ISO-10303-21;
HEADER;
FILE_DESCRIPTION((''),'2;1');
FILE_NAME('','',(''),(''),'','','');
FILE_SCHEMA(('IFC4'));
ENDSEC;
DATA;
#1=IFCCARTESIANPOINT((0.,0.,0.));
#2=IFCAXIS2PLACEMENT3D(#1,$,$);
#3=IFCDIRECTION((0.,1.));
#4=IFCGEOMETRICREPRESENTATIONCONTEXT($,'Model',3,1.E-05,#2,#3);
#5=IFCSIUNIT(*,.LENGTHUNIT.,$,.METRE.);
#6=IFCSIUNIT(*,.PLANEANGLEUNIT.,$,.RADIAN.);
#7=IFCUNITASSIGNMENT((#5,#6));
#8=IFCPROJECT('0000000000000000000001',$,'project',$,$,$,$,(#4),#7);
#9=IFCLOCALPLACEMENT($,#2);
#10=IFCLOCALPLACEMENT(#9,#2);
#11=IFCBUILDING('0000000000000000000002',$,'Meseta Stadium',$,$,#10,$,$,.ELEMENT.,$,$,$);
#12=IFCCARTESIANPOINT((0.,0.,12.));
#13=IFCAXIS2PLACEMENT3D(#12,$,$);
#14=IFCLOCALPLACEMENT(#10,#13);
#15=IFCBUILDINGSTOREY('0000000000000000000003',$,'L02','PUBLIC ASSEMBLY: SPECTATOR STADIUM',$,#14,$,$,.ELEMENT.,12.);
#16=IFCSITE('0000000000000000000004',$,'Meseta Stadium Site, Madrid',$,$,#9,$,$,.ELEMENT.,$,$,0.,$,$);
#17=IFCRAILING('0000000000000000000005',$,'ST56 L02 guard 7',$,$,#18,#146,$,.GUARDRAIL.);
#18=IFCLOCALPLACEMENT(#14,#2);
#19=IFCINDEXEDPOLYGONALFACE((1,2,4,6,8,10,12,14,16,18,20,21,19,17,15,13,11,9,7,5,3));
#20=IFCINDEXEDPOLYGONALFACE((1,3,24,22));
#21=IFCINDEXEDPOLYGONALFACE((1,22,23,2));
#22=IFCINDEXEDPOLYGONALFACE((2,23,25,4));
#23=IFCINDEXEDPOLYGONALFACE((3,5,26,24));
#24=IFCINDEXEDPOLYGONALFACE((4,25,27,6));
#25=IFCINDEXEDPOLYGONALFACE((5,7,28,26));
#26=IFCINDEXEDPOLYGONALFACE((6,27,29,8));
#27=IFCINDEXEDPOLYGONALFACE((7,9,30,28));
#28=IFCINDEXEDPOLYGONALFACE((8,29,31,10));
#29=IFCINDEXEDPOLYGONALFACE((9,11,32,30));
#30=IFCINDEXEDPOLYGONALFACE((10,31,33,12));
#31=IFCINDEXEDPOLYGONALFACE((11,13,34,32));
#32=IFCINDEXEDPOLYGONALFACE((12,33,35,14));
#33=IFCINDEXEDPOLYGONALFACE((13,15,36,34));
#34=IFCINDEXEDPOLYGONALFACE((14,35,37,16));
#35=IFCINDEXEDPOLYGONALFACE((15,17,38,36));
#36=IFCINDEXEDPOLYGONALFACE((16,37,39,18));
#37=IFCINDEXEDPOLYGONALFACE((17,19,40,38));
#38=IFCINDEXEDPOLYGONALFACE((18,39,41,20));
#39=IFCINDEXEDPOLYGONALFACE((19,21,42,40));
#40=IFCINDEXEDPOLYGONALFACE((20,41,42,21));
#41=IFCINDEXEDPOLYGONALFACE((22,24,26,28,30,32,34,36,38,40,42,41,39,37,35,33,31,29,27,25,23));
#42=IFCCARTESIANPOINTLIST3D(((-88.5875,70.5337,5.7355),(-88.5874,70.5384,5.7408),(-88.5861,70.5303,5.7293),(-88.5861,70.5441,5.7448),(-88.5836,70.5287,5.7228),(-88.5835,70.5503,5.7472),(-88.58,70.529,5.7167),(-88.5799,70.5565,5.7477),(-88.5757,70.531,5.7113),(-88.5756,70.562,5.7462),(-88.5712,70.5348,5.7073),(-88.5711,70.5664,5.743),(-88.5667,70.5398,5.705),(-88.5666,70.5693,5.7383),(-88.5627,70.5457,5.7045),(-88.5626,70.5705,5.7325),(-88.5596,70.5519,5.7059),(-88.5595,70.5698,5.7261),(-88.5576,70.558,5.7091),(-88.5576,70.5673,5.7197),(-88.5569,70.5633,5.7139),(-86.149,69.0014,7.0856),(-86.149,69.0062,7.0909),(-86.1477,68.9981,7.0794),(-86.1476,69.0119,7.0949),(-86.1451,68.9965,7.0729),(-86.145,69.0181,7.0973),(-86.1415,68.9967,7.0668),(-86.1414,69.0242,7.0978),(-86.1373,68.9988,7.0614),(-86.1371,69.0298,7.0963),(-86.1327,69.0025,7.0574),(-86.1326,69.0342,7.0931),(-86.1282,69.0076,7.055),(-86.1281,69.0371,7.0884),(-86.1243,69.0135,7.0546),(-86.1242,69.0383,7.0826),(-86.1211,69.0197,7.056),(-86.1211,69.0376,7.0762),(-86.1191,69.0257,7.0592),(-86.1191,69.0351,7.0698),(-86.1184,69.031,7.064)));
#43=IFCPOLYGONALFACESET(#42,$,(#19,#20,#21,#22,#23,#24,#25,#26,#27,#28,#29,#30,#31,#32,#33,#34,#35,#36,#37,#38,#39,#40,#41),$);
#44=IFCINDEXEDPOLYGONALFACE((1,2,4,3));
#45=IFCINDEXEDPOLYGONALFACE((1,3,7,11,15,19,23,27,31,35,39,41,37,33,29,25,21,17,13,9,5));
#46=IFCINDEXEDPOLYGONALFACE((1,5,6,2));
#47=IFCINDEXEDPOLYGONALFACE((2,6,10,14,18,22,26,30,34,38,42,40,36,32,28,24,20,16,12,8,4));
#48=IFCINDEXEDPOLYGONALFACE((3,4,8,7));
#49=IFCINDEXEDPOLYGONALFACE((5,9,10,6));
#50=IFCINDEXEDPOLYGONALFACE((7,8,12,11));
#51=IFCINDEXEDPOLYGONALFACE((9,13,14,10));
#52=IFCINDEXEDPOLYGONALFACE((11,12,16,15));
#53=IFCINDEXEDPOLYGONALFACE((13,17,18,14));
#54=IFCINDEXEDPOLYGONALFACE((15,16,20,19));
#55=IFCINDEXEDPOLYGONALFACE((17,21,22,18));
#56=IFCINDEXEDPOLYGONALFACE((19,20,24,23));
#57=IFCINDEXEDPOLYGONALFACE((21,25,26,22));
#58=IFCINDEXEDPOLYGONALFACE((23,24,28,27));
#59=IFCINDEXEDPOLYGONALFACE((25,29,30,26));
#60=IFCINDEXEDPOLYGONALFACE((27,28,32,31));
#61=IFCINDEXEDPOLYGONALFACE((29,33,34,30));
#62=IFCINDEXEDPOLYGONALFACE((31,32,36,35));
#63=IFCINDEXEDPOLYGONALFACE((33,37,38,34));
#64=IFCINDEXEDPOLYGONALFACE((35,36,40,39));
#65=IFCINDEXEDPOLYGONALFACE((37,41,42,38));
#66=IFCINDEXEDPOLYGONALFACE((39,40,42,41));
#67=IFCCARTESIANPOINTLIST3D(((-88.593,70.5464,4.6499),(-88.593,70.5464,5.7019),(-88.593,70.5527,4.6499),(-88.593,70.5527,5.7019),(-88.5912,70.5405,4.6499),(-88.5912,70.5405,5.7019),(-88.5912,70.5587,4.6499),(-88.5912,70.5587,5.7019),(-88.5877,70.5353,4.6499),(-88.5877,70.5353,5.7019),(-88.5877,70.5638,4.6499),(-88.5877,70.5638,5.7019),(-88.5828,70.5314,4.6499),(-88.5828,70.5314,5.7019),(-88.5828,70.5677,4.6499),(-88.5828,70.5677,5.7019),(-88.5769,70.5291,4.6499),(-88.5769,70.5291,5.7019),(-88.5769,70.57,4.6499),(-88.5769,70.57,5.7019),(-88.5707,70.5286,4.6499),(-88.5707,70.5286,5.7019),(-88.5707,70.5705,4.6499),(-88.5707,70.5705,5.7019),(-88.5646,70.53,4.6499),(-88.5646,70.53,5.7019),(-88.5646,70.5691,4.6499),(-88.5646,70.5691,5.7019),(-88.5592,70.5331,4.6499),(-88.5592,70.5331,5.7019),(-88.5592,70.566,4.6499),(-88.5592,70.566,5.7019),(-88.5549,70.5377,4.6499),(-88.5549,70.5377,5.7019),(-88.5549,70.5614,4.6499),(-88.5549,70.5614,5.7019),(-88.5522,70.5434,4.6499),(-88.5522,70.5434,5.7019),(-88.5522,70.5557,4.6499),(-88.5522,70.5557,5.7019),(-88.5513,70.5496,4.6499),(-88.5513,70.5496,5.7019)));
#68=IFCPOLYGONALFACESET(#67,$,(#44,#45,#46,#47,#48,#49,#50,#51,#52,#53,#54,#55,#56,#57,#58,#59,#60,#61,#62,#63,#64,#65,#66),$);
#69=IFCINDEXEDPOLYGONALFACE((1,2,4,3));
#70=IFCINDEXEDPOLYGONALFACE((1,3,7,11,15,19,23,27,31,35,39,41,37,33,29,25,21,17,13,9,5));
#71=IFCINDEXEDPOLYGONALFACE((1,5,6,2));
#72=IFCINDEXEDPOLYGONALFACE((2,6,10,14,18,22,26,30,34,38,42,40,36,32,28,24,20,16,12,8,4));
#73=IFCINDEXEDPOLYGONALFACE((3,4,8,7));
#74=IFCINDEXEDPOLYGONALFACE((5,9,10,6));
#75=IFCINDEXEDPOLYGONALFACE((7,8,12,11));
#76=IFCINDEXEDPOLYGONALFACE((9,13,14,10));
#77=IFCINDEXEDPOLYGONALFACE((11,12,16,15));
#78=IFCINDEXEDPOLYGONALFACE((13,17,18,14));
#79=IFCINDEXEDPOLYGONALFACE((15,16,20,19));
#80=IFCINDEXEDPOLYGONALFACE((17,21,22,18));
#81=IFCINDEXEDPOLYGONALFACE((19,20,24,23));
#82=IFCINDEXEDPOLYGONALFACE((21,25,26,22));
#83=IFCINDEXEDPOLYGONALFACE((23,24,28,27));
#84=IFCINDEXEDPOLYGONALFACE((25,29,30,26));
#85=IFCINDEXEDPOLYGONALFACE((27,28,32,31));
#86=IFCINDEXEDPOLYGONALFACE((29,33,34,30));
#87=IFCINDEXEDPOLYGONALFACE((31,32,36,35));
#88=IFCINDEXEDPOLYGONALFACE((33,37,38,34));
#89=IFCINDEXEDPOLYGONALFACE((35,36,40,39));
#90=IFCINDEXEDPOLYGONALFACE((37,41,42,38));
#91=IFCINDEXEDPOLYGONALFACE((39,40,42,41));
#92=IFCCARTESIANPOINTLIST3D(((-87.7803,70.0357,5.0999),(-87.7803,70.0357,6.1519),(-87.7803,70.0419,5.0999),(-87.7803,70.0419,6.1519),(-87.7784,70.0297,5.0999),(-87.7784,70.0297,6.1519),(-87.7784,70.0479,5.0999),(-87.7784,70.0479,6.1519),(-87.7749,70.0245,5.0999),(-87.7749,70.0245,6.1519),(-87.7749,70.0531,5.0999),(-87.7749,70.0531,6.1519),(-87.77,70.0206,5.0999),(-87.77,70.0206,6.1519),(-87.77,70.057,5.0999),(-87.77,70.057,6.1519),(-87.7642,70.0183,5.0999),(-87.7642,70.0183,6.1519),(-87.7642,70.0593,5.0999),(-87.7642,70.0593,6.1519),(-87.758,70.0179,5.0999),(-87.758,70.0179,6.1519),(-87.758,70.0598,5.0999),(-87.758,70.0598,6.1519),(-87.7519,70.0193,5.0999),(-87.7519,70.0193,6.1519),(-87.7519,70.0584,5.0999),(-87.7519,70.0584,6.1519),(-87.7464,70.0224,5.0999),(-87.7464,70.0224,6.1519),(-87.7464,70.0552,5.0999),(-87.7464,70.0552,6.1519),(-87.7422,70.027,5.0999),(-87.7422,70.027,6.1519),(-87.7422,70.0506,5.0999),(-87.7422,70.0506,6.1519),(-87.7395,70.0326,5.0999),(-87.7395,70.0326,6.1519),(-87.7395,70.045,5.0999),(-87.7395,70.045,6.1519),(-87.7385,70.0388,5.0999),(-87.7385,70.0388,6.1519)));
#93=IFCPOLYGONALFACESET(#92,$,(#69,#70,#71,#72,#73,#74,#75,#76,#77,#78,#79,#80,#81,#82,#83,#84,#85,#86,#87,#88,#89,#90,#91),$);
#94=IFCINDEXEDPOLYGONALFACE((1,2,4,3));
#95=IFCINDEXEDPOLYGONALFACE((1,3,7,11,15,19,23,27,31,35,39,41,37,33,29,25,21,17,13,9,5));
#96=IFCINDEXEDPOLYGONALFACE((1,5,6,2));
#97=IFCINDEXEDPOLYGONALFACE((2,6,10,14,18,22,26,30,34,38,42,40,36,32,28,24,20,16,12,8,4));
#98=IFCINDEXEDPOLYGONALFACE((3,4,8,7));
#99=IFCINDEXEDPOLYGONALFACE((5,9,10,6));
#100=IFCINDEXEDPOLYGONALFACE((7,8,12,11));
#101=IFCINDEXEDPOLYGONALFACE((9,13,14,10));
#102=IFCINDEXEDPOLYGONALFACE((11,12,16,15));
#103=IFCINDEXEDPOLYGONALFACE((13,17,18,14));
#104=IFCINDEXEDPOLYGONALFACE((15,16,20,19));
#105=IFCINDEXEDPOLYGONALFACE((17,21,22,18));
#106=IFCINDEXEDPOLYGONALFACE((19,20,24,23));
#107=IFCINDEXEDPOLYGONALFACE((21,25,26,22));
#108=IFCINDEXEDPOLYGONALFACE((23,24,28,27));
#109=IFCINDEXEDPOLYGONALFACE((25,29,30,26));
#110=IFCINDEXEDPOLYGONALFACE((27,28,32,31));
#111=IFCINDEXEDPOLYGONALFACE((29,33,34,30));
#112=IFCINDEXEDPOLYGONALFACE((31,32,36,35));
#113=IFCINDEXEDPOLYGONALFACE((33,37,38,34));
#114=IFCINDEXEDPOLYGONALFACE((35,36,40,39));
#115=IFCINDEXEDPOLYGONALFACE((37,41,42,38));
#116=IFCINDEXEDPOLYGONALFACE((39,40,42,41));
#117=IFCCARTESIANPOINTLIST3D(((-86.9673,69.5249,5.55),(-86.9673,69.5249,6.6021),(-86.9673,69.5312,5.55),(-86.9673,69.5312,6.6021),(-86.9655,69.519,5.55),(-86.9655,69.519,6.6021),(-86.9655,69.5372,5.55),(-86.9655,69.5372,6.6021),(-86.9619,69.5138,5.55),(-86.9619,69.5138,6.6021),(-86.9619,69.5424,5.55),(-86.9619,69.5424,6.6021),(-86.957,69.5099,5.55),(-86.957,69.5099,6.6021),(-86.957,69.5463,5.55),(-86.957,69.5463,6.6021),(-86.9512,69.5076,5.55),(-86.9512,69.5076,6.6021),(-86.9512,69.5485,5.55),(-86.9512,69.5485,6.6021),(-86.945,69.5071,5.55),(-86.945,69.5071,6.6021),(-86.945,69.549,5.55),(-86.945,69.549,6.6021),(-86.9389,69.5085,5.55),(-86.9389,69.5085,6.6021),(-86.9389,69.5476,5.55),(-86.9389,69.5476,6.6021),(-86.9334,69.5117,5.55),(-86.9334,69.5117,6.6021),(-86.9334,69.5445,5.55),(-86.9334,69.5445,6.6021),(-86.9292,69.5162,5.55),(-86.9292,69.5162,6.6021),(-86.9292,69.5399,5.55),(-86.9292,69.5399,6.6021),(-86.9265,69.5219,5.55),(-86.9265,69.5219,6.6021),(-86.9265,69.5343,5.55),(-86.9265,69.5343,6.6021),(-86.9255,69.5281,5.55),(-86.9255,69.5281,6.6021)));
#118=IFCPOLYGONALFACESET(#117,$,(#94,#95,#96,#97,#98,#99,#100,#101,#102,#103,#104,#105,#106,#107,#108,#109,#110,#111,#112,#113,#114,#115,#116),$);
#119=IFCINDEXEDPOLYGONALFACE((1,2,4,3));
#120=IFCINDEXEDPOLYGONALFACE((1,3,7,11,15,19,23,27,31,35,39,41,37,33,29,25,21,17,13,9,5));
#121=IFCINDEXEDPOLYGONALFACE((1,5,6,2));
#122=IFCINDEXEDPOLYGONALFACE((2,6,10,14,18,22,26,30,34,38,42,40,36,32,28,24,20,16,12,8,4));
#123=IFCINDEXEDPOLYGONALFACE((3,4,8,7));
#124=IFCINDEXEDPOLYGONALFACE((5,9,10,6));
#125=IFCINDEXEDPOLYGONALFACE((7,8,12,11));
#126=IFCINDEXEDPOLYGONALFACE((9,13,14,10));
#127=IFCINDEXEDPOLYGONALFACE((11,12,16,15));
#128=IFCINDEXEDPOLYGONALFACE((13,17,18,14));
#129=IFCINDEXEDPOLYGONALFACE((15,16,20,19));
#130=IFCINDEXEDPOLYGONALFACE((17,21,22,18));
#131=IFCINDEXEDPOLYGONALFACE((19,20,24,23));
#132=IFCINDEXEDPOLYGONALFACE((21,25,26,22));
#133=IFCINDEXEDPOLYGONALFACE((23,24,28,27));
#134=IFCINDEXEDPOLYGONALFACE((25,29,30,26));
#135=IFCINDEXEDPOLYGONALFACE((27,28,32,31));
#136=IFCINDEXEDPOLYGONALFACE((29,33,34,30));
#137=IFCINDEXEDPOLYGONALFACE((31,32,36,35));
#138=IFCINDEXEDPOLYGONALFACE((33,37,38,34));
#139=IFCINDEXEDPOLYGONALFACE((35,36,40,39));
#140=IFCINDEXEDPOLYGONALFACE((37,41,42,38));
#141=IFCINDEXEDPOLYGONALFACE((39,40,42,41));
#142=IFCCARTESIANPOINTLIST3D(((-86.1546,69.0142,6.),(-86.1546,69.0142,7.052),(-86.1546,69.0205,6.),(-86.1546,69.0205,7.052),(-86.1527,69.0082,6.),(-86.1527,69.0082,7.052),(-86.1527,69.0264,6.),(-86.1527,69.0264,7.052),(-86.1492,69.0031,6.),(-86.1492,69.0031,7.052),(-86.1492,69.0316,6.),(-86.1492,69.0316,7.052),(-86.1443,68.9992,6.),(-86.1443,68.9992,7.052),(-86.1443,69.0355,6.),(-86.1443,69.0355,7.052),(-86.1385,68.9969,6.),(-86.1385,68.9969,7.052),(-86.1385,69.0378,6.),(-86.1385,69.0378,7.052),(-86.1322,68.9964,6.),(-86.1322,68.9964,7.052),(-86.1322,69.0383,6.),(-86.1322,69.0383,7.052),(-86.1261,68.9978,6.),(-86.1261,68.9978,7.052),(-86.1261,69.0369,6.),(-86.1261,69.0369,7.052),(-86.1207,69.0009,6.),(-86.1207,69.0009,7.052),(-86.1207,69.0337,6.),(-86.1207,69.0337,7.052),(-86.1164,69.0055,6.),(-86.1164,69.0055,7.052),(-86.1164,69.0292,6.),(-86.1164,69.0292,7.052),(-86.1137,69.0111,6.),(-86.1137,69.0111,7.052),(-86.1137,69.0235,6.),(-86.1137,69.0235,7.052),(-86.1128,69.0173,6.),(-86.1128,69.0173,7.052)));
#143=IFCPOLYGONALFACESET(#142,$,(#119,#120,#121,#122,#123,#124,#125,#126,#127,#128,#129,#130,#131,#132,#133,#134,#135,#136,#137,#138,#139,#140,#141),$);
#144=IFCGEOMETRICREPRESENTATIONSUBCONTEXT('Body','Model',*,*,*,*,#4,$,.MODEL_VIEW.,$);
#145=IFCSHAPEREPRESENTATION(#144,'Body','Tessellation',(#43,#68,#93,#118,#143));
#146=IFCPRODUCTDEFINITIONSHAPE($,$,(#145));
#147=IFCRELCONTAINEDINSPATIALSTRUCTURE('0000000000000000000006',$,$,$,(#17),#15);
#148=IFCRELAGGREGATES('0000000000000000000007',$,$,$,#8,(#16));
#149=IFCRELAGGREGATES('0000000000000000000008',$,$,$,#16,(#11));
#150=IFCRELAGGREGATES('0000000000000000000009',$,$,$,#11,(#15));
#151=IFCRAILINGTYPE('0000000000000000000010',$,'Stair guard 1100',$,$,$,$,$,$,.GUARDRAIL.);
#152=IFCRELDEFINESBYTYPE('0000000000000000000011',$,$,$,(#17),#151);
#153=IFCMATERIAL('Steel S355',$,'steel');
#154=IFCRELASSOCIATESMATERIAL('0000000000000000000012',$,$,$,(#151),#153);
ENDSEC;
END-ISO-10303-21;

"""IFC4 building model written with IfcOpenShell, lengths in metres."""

from ifc_helpers import new_model, si_unit, direction, frame, origin, origin_2d, place, context, subcontext, project, spatial, circle, extrude, material, type_object, element, save


model = new_model("IFC4")

# Units and contexts
model_context = context("Model", 3, precision=1e-05, world=origin(), true_north=direction((0.0, 1.0)))
body_context = subcontext(model_context, "Body", "Model", "MODEL_VIEW")
ifc_project = project(units=[si_unit("LENGTHUNIT", "METRE"), si_unit("PLANEANGLEUNIT", "RADIAN")], contexts=[model_context])

# Site, building, storey
site_placement = place(None, origin())
site = spatial("IfcSite", under=ifc_project, at=site_placement, Name="Meseta Stadium Site, Madrid", CompositionType="ELEMENT", RefElevation=0.0)
building_placement = place(site_placement, origin())
building = spatial("IfcBuilding", under=site, at=building_placement, Name="Meseta Stadium", CompositionType="ELEMENT")
storey_placement = place(building_placement, frame((0.0, 0.0, 12.0)))
storey = spatial("IfcBuildingStorey", under=building, at=storey_placement, Name="L02", Description="PUBLIC ASSEMBLY: SPECTATOR STADIUM", CompositionType="ELEMENT", Elevation=12.0)

# Railing
ifc_material_1 = material(Name="Steel S355", Category="steel")
railing_type_1 = type_object("IfcRailingType", Name="Stair guard 1100", PredefinedType="GUARDRAIL", material=ifc_material_1)
railing_1_placement = place(storey_placement, frame((-88.5723, 70.5496, 4.6499)))
element("IfcRailing", 1, at=railing_1_placement, inside=storey, type_object=railing_type_1, Name="ST56 L02 guard 7", PredefinedType="GUARDRAIL", context=body_context, shape_type="SweptSolid", body=[
    extrude(circle(Radius=0.0239, at=origin_2d()), frame((0.0, 0.0, 1.0762), z_axis=(0.766655, -0.481731, 0.42447), x_axis=(0.53204, 0.846719, 0.0)), (0.0, 0.0, 1.0), 3.1807),
    extrude(circle(Radius=0.021, at=origin_2d()), origin(), (0.0, 0.0, 1.0), 1.052),
    extrude(circle(Radius=0.021, at=origin_2d()), frame((0.8127, -0.5107, 0.45)), (0.0, 0.0, 1.0), 1.052),
    extrude(circle(Radius=0.021, at=origin_2d()), frame((1.6257, -1.0215, 0.9001)), (0.0, 0.0, 1.0), 1.052),
    extrude(circle(Radius=0.021, at=origin_2d()), frame((2.4385, -1.5322, 1.3501)), (0.0, 0.0, 1.0), 1.052),
])

save(model, "model.ifc")
